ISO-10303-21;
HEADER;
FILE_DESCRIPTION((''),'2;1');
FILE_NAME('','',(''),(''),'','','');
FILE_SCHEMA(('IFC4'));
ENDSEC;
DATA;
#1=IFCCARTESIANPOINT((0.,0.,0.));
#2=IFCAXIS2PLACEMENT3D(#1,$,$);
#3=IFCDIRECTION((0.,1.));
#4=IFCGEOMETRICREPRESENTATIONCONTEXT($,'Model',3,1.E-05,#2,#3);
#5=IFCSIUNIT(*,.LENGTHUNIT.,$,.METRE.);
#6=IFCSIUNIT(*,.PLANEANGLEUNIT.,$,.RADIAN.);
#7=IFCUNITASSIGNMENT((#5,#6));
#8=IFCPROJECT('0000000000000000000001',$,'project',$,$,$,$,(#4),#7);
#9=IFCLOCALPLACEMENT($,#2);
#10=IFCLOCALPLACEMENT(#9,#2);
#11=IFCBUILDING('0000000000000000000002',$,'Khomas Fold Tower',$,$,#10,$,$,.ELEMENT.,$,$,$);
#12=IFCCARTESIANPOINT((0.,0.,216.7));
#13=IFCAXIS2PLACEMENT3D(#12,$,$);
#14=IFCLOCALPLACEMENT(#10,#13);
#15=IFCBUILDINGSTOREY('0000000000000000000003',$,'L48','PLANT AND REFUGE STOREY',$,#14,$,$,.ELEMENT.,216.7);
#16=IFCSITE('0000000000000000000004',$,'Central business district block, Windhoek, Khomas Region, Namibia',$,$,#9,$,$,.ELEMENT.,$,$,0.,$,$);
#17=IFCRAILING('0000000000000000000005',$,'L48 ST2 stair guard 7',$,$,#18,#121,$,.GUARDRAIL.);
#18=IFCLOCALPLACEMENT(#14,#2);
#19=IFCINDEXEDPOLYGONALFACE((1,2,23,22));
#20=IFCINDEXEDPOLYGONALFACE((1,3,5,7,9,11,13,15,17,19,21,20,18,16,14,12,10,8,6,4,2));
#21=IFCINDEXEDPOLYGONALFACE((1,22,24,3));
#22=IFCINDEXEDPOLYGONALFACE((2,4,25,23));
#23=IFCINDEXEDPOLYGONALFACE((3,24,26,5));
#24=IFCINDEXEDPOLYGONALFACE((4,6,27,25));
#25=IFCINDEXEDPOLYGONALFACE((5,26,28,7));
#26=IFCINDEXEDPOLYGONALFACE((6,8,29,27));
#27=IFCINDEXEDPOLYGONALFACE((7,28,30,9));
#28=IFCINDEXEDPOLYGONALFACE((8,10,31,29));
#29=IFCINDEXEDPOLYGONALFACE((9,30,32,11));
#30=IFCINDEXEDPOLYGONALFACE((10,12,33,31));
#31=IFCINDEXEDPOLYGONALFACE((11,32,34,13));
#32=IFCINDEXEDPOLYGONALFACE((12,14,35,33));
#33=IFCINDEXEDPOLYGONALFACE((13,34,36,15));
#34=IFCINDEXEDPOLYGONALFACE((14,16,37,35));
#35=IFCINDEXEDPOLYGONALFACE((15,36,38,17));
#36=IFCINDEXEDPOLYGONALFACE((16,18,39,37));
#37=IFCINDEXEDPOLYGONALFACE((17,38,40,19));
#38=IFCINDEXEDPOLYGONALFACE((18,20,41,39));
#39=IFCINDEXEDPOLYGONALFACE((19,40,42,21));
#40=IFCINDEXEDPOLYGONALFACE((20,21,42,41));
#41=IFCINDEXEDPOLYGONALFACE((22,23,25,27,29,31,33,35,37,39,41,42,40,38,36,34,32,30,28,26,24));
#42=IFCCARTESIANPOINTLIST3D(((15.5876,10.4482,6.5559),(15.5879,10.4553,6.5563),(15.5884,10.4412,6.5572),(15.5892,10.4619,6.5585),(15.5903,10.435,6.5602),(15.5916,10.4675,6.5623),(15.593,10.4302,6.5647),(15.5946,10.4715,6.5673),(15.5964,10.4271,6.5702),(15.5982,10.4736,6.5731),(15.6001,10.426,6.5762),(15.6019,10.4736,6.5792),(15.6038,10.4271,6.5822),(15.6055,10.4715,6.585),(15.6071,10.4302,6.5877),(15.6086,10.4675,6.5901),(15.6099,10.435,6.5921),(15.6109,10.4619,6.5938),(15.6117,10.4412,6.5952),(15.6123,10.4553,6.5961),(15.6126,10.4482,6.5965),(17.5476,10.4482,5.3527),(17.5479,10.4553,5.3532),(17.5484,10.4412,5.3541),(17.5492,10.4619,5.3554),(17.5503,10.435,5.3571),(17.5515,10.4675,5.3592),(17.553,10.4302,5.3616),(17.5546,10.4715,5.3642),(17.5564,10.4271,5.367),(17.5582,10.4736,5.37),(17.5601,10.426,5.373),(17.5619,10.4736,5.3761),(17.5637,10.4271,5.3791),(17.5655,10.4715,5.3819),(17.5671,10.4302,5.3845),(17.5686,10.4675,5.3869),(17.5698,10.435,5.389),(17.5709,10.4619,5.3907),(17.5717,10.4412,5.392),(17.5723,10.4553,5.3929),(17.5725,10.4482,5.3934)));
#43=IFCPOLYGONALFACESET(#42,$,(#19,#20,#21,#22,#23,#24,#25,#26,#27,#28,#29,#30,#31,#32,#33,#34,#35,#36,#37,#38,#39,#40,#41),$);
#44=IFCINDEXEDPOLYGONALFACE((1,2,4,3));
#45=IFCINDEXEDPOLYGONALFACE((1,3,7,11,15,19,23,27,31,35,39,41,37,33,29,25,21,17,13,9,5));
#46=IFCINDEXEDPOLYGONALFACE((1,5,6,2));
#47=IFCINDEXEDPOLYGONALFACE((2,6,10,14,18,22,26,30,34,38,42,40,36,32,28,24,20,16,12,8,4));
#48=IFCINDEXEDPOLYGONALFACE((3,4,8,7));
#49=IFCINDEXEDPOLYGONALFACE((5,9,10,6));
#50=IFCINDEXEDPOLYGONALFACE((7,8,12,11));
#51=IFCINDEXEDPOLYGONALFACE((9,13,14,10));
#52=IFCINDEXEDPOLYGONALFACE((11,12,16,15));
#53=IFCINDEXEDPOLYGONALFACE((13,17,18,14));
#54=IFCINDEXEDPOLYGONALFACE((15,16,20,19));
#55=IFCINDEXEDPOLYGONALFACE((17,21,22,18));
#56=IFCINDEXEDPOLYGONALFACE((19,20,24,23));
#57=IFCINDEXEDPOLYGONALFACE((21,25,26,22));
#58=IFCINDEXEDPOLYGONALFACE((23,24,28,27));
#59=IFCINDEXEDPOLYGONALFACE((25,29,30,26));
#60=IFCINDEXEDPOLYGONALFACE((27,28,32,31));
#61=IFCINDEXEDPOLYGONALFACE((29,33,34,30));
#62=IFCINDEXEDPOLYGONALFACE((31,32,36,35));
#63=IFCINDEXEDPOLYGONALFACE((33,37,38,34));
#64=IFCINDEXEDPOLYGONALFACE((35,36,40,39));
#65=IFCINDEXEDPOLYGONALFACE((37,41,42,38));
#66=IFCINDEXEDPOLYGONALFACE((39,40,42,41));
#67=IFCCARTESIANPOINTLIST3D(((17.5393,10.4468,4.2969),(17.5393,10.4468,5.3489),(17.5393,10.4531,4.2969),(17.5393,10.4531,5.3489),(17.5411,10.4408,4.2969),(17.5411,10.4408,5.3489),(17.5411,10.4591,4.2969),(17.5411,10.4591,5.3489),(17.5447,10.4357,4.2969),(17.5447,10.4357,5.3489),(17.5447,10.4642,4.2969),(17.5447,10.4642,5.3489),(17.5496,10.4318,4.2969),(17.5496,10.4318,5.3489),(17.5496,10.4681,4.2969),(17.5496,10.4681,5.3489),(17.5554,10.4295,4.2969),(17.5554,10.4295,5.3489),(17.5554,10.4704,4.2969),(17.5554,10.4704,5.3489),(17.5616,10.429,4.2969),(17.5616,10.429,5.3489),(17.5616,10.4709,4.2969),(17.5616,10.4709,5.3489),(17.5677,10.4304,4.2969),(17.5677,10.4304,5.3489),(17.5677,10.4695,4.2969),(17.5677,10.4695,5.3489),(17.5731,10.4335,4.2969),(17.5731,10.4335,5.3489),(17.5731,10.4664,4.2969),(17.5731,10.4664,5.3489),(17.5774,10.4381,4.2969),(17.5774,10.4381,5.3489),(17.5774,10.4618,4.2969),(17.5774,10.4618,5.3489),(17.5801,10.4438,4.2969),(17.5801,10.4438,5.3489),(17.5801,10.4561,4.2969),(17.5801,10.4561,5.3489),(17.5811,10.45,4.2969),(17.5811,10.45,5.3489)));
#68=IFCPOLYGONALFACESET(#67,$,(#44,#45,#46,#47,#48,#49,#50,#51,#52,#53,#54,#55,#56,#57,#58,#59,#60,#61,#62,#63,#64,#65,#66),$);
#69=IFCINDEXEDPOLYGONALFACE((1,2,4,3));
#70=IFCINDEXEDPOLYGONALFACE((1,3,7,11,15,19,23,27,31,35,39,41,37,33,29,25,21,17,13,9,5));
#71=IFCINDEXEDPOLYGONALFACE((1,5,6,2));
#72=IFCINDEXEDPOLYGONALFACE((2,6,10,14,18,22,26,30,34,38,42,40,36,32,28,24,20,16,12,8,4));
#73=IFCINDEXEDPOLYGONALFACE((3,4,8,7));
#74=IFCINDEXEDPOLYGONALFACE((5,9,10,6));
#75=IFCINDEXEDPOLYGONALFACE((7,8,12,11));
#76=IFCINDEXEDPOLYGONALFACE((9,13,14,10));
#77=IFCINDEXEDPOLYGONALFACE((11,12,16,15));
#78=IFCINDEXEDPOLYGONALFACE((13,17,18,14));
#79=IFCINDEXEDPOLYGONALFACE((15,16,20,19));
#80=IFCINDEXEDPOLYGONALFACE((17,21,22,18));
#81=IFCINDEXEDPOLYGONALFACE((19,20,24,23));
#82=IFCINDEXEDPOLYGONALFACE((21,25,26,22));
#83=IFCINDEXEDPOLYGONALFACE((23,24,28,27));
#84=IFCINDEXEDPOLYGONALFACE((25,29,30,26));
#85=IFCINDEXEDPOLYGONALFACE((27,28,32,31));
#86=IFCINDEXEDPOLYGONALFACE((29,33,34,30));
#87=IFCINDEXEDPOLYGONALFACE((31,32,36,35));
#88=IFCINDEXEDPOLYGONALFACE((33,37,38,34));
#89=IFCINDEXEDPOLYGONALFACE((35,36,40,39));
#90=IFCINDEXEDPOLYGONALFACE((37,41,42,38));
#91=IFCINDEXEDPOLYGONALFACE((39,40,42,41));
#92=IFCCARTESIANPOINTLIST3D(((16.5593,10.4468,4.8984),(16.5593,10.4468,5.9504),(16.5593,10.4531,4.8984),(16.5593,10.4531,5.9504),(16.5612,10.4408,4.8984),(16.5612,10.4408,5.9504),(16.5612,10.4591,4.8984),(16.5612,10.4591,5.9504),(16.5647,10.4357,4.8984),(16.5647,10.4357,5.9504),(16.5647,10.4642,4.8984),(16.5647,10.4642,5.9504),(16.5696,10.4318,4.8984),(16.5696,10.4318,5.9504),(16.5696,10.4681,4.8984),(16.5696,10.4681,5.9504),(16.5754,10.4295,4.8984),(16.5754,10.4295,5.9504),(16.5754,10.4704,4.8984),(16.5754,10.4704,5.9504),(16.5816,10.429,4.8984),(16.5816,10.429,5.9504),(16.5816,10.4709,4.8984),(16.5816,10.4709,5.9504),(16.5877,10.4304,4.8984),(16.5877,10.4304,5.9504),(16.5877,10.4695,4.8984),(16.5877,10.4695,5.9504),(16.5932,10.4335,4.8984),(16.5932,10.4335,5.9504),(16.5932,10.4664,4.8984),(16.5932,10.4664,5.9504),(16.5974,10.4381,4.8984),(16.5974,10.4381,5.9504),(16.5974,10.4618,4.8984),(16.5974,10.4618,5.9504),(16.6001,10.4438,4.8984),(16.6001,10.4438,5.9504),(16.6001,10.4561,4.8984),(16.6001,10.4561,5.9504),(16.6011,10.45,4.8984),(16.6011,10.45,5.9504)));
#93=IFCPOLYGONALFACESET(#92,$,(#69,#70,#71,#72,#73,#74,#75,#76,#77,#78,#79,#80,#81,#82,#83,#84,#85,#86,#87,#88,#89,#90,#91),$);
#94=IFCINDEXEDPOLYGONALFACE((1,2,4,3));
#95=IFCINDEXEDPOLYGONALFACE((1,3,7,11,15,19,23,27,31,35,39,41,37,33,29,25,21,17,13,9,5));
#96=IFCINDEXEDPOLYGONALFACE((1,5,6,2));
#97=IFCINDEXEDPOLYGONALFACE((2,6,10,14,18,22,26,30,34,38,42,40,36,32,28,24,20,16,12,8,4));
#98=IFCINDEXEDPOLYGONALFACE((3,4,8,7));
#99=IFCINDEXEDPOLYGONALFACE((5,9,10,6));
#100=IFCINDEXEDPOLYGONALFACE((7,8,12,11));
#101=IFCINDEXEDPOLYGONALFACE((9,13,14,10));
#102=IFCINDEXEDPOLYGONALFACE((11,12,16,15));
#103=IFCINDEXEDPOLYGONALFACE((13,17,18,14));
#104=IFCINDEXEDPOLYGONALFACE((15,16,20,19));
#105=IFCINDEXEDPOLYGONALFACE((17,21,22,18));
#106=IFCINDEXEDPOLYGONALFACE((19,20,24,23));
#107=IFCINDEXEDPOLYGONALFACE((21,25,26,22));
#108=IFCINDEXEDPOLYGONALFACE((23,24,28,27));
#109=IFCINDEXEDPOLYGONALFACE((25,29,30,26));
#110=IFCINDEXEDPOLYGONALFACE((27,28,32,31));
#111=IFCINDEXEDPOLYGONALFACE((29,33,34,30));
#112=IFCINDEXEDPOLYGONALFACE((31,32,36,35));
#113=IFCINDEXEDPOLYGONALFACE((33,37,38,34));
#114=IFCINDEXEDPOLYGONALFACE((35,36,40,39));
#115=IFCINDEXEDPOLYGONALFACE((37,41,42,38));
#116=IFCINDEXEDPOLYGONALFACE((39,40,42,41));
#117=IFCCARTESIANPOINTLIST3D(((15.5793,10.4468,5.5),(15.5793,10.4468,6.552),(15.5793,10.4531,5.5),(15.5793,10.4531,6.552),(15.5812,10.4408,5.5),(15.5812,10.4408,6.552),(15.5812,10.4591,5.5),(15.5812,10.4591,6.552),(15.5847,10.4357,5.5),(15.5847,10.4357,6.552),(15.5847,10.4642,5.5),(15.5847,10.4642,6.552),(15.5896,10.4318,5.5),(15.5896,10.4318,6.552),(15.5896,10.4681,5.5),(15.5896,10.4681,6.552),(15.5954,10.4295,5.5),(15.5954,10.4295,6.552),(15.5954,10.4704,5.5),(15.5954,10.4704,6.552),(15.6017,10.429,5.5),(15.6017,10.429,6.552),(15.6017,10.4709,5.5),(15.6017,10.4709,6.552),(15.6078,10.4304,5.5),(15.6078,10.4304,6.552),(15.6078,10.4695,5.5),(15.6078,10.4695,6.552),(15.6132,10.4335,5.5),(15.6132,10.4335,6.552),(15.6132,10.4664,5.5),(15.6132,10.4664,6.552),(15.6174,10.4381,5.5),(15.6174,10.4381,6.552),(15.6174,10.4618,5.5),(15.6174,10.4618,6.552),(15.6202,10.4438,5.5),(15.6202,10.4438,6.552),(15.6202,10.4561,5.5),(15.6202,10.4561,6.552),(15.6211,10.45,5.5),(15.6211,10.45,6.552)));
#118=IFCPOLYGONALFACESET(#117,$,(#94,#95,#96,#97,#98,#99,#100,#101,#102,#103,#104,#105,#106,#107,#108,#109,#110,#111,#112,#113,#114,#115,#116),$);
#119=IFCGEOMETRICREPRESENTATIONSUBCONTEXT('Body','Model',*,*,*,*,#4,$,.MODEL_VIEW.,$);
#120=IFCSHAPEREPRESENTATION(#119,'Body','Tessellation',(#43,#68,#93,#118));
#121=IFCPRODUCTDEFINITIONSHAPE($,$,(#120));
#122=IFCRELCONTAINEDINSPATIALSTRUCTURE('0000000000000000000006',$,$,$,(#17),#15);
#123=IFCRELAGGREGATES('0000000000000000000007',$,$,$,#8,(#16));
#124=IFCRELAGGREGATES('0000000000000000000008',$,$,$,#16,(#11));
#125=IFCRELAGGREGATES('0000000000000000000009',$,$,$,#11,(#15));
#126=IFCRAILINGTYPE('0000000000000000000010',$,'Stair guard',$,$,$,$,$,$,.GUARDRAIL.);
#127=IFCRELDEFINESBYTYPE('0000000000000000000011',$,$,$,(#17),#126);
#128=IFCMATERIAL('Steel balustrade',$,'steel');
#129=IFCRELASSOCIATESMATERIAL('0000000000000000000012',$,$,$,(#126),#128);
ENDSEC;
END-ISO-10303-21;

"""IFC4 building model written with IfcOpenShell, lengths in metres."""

from ifc_helpers import new_model, si_unit, direction, frame, origin, origin_2d, place, context, subcontext, project, spatial, circle, extrude, source, transform, mapped, material, type_object, element, save


model = new_model("IFC4")

# Units and contexts
model_context = context("Model", 3, precision=1e-05, world=origin(), true_north=direction((0.0, 1.0)))
body_context = subcontext(model_context, "Body", "Model", "MODEL_VIEW")
ifc_project = project(units=[si_unit("LENGTHUNIT", "METRE"), si_unit("PLANEANGLEUNIT", "RADIAN")], contexts=[model_context])

# Site, building, storey
site_placement = place(None, origin())
site = spatial("IfcSite", under=ifc_project, at=site_placement, Name="Central business district block, Windhoek, Khomas Region, Namibia", CompositionType="ELEMENT", RefElevation=0.0)
building_placement = place(site_placement, origin())
building = spatial("IfcBuilding", under=site, at=building_placement, Name="Khomas Fold Tower", CompositionType="ELEMENT")
storey_placement = place(building_placement, frame((0.0, 0.0, 216.7)))
storey = spatial("IfcBuildingStorey", under=building, at=storey_placement, Name="L48", Description="PLANT AND REFUGE STOREY", CompositionType="ELEMENT", Elevation=216.7)

# Railing
ifc_material_1 = material(Name="Steel balustrade", Category="steel")
railing_type_1 = type_object("IfcRailingType", Name="Stair guard", PredefinedType="GUARDRAIL", material=ifc_material_1)
shared_shape_1 = source(origin(), body_context, "Body", "SweptSolid", [
    extrude(circle(Radius=0.0239, at=origin_2d()), frame((0.0, 0.0, 1.0762), z_axis=(-0.852241, 0.0, 0.523149), x_axis=(0.0, -1.0, 0.0)), (0.0, 0.0, 1.0), 2.2998),
    extrude(circle(Radius=0.021, at=origin_2d()), origin(), (0.0, 0.0, 1.0), 1.052),
    extrude(circle(Radius=0.021, at=origin_2d()), frame((-0.98, 0.0, 0.6016)), (0.0, 0.0, 1.0), 1.052),
    extrude(circle(Radius=0.021, at=origin_2d()), frame((-1.96, 0.0, 1.2031)), (0.0, 0.0, 1.0), 1.052),
])
for number, where, name in (
    (1, (17.5601, 10.45, 4.2969), "L48 ST2 stair guard 7"),
):
    element("IfcRailing", number, at=place(storey_placement, frame(where)), inside=storey, type_object=railing_type_1, Name=name, PredefinedType="GUARDRAIL", context=body_context, shape_type="MappedRepresentation", body=[
        mapped(shared_shape_1, transform((0.0, 0.0, 0.0))),
    ])

save(model, "model.ifc")
